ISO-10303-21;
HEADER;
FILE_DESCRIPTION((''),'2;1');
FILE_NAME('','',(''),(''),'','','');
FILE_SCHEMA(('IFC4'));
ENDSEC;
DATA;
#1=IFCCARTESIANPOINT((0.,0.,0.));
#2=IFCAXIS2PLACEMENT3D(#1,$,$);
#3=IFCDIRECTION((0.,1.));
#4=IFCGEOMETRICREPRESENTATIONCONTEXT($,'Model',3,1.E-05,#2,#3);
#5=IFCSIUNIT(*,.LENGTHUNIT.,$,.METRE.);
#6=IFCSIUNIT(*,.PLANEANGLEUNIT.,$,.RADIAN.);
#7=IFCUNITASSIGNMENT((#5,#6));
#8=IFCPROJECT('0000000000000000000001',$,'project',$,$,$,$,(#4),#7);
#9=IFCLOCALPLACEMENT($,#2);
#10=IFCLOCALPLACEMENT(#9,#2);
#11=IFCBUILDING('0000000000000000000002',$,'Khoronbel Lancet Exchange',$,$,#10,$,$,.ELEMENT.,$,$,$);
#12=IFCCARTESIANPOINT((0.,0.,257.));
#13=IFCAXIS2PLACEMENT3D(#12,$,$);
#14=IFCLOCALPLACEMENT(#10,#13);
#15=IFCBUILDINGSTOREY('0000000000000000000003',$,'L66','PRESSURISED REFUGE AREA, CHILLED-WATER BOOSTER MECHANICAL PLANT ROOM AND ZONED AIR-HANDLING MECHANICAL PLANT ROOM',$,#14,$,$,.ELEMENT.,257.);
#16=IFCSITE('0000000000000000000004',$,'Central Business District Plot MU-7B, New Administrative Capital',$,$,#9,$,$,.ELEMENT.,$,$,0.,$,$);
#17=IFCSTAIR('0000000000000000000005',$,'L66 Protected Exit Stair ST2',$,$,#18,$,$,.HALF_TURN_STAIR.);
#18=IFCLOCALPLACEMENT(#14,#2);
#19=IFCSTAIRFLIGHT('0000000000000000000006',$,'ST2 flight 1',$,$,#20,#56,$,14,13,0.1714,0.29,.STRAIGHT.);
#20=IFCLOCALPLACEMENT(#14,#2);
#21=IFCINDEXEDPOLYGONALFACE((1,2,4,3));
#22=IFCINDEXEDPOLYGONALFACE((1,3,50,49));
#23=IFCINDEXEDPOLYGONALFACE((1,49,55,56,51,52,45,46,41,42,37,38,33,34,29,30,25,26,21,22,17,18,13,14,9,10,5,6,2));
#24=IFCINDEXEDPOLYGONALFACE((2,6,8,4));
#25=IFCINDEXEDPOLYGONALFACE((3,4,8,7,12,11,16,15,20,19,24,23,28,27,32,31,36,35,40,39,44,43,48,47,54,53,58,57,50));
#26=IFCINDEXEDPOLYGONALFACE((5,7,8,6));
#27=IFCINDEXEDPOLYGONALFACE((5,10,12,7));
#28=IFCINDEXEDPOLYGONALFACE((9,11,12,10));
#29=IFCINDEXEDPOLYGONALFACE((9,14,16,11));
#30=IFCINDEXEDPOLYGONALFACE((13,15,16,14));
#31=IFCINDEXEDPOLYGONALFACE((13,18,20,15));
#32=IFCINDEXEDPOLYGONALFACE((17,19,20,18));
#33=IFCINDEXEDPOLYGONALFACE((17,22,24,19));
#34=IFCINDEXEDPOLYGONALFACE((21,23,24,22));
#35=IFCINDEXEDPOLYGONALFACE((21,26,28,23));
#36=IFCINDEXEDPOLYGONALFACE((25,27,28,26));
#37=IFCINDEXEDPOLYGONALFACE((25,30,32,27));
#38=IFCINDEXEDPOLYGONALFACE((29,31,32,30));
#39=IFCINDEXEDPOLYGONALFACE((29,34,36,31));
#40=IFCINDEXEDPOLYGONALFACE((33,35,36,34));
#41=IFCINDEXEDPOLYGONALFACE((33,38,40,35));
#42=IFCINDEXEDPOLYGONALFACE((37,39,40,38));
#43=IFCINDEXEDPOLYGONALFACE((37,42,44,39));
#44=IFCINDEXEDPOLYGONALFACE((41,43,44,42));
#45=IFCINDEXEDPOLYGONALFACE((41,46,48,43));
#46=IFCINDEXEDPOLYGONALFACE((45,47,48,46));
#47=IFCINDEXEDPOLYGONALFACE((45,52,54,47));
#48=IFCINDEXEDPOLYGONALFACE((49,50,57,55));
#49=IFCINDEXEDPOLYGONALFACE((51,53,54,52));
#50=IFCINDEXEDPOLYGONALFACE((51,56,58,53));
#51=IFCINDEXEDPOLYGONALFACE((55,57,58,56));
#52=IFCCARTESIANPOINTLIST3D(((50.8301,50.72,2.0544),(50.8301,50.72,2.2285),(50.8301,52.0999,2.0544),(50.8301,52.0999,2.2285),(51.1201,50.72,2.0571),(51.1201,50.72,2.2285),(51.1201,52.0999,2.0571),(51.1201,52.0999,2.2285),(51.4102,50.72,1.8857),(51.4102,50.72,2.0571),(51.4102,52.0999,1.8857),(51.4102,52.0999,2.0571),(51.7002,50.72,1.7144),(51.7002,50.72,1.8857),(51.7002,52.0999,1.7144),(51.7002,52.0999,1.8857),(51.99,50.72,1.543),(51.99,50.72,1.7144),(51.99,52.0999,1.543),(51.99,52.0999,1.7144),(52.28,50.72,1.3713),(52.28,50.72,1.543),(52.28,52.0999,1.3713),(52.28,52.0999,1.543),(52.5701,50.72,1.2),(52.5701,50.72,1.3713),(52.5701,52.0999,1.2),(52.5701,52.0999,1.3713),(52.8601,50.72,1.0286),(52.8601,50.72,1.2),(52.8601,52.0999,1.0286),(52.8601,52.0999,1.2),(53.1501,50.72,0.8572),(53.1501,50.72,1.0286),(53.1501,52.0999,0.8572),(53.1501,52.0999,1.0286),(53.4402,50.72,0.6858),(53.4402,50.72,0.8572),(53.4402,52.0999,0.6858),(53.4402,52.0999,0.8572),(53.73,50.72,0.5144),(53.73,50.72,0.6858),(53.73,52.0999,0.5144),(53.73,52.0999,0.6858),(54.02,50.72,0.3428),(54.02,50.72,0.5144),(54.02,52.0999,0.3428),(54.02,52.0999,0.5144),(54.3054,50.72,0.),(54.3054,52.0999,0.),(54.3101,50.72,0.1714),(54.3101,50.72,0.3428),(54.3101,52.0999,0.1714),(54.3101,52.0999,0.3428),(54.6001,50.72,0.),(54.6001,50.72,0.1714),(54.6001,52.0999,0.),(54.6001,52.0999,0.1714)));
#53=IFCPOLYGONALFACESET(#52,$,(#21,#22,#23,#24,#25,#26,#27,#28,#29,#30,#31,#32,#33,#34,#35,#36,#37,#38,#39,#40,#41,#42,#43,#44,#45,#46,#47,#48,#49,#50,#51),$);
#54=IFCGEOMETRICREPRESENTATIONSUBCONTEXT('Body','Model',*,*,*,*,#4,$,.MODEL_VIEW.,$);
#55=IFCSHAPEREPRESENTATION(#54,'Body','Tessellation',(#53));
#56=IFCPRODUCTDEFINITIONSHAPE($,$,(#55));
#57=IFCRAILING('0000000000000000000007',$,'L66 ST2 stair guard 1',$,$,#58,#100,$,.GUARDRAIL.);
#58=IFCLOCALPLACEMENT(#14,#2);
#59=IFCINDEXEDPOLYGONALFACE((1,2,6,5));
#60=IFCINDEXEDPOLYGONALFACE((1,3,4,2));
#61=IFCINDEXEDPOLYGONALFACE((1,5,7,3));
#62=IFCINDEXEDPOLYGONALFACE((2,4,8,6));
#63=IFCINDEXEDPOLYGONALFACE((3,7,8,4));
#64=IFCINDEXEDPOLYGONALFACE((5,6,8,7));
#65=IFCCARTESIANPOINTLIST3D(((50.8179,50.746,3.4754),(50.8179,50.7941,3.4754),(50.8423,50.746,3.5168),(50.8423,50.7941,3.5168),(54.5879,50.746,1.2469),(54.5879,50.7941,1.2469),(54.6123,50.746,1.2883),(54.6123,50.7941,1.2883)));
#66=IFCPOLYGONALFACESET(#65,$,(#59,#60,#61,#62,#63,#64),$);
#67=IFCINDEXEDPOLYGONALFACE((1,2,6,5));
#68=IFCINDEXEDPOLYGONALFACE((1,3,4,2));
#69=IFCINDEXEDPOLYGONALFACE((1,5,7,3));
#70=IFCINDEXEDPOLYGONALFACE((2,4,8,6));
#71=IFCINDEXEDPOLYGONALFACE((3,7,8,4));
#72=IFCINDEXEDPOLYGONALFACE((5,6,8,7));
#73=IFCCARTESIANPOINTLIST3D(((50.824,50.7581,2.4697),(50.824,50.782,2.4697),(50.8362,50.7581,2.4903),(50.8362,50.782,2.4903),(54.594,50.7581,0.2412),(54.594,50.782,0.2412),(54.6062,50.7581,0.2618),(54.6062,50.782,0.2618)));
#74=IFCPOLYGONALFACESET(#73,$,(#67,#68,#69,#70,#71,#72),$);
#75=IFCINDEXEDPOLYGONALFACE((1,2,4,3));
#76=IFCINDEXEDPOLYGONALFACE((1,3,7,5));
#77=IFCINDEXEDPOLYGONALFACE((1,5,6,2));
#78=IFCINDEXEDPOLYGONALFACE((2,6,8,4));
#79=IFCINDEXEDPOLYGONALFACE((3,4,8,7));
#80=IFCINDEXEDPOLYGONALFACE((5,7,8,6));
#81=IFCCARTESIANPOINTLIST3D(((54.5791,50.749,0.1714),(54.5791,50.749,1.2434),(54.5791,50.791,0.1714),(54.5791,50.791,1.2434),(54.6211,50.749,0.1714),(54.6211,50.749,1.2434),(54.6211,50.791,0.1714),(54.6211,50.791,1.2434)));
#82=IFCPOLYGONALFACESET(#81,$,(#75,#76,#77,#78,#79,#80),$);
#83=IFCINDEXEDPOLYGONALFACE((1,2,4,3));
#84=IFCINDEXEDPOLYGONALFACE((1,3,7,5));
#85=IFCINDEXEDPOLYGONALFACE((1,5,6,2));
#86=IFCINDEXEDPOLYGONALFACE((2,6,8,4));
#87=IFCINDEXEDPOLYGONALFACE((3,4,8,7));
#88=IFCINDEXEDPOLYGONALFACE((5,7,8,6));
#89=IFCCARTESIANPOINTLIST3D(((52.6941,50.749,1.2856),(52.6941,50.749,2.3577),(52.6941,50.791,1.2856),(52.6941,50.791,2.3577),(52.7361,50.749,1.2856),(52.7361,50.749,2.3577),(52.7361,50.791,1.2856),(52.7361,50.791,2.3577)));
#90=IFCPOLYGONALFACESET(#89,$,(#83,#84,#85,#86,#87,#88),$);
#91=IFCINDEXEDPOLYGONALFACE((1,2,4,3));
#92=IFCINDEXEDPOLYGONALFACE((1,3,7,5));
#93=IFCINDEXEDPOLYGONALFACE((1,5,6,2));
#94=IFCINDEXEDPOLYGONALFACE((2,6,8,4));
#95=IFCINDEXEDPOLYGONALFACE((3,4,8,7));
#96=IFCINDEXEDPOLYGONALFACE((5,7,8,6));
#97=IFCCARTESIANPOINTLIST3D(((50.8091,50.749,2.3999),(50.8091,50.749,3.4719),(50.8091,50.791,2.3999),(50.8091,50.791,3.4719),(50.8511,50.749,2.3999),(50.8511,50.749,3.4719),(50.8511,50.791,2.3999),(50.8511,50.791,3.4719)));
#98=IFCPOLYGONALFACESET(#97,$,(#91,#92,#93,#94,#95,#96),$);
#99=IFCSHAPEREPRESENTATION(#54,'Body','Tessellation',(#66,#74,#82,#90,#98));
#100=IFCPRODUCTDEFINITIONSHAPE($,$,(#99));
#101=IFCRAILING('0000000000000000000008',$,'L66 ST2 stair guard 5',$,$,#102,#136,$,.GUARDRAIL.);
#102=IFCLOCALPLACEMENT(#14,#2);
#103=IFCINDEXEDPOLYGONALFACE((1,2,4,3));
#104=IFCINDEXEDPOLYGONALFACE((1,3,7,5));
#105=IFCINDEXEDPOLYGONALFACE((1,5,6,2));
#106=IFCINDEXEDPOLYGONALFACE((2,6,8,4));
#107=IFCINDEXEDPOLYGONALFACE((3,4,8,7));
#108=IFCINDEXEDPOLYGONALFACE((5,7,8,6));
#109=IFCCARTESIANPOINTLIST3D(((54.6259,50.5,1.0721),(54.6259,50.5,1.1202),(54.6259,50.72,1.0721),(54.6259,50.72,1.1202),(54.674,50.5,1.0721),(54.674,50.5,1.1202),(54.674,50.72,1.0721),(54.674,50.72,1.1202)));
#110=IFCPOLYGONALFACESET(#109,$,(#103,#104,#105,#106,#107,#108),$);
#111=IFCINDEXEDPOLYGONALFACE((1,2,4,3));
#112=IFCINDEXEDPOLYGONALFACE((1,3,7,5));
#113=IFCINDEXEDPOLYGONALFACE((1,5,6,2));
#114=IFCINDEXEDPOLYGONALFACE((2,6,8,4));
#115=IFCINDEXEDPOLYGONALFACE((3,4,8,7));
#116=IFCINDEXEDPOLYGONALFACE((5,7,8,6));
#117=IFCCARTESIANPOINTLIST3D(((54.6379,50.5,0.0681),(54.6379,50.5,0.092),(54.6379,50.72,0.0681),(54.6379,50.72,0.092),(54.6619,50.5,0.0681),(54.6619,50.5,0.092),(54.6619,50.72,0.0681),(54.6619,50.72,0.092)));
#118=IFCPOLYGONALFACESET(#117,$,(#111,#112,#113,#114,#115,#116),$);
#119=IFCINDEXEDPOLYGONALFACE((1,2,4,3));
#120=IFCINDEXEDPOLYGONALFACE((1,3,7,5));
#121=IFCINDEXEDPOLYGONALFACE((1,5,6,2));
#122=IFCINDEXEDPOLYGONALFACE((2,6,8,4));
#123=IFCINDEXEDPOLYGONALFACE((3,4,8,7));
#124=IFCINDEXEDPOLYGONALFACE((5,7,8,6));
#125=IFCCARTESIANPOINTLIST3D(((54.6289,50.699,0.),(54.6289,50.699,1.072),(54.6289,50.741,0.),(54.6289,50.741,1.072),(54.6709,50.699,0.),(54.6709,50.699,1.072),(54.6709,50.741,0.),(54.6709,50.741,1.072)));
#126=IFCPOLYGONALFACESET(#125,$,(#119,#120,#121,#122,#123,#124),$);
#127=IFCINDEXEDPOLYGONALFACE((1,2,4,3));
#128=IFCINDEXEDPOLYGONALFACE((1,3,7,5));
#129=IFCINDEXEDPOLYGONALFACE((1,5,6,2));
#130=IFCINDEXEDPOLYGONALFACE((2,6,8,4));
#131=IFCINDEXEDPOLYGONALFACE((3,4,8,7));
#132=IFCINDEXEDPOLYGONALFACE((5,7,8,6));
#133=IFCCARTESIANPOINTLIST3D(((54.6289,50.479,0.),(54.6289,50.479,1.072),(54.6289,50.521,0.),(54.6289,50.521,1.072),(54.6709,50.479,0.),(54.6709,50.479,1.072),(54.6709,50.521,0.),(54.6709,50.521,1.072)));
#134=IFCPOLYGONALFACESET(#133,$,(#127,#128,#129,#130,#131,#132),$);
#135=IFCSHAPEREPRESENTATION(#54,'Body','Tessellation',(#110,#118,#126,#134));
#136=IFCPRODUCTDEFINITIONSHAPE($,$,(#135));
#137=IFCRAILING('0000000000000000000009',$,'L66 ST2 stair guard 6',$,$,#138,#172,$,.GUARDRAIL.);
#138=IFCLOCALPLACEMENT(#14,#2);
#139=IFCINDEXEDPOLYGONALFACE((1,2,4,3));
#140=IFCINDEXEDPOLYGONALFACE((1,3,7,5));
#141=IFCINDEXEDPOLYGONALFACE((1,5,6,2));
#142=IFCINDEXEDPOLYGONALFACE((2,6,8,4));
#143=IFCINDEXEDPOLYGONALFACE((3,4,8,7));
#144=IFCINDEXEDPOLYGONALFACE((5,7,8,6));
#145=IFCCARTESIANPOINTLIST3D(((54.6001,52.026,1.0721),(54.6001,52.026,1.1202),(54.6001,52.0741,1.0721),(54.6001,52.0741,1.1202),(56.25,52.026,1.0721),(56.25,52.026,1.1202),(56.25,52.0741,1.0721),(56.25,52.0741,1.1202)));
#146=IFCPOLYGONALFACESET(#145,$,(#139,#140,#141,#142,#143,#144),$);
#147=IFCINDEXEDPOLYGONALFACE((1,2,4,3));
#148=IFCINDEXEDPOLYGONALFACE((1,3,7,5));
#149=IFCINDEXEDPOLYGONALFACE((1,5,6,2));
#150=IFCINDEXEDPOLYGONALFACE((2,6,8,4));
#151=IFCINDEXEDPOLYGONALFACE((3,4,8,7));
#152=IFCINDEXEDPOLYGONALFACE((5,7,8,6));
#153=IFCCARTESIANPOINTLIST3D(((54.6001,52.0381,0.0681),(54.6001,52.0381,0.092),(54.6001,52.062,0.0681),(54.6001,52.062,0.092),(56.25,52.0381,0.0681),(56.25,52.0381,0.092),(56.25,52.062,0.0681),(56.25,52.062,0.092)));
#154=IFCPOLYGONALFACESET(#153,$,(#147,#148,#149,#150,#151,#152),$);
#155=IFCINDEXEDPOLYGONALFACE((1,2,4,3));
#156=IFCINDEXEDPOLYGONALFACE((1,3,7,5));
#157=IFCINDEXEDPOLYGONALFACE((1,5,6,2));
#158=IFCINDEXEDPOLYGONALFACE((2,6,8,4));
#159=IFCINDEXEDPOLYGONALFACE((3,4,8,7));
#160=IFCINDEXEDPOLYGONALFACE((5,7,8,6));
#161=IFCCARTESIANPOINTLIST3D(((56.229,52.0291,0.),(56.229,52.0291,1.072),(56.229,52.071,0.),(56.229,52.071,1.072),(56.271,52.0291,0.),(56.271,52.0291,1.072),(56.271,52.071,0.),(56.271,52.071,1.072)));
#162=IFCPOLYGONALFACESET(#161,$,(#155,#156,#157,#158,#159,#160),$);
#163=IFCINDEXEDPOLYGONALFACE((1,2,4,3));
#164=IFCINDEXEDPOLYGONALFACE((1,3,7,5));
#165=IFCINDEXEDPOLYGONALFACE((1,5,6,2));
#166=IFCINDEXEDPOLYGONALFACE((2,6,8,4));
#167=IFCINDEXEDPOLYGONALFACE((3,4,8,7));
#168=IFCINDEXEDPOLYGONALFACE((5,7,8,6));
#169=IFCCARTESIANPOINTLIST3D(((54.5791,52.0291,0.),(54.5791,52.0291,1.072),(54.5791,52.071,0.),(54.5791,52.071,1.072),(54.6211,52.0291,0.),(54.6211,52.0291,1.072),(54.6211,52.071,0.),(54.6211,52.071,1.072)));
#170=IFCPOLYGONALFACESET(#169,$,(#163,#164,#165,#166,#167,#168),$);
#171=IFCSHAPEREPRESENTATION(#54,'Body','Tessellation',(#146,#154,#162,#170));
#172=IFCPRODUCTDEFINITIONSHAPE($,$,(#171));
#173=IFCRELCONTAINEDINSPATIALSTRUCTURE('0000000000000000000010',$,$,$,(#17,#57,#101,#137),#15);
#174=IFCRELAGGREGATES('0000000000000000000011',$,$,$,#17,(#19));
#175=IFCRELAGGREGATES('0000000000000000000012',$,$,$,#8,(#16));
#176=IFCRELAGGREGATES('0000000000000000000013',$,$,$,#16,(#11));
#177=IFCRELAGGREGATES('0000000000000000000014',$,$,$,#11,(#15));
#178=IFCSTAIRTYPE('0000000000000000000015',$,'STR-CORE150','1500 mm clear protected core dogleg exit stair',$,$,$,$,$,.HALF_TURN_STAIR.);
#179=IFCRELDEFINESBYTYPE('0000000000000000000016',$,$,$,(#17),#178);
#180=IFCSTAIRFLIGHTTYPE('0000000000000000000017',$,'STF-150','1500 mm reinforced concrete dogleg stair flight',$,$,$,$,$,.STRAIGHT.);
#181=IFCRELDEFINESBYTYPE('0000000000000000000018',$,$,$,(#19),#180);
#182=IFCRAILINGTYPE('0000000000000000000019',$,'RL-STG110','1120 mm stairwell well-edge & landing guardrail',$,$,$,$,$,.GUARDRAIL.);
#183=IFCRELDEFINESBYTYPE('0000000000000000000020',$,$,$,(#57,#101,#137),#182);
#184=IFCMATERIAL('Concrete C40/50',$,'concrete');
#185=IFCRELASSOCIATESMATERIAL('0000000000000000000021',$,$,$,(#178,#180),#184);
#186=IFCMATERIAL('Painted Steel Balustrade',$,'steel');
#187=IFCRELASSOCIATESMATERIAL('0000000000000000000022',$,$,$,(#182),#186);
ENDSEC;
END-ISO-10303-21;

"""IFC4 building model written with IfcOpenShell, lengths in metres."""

from ifc_helpers import new_model, si_unit, direction, frame, origin, origin_2d, place, context, subcontext, project, spatial, polyline, rectangle, outline, extrude, material, type_object, element, aggregate, save


model = new_model("IFC4")

# Units and contexts
model_context = context("Model", 3, precision=1e-05, world=origin(), true_north=direction((0.0, 1.0)))
body_context = subcontext(model_context, "Body", "Model", "MODEL_VIEW")
ifc_project = project(units=[si_unit("LENGTHUNIT", "METRE"), si_unit("PLANEANGLEUNIT", "RADIAN")], contexts=[model_context])

# Site, building, storey
site_placement = place(None, origin())
site = spatial("IfcSite", under=ifc_project, at=site_placement, Name="Central Business District Plot MU-7B, New Administrative Capital", CompositionType="ELEMENT", RefElevation=0.0)
building_placement = place(site_placement, origin())
building = spatial("IfcBuilding", under=site, at=building_placement, Name="Khoronbel Lancet Exchange", CompositionType="ELEMENT")
storey_placement = place(building_placement, frame((0.0, 0.0, 257.0)))
storey = spatial("IfcBuildingStorey", under=building, at=storey_placement, Name="L66", Description="PRESSURISED REFUGE AREA, CHILLED-WATER BOOSTER MECHANICAL PLANT ROOM AND ZONED AIR-HANDLING MECHANICAL PLANT ROOM", CompositionType="ELEMENT", Elevation=257.0)

# Stair, stair flight
ifc_material_1 = material(Name="Concrete C40/50", Category="concrete")
stair_type = type_object("IfcStairType", Name="STR-CORE150", Description="1500 mm clear protected core dogleg exit stair", PredefinedType="HALF_TURN_STAIR", material=ifc_material_1)
stair_placement = place(storey_placement, origin())
stair = element("IfcStair", 1, at=stair_placement, inside=storey, type_object=stair_type, Name="L66 Protected Exit Stair ST2", PredefinedType="HALF_TURN_STAIR")
stair_flight_type = type_object("IfcStairFlightType", Name="STF-150", Description="1500 mm reinforced concrete dogleg stair flight", PredefinedType="STRAIGHT", material=ifc_material_1)
stair_flight_placement = place(storey_placement, frame((54.6001, 51.4099, 0.0), z_axis=(0.0, 0.0, 1.0), x_axis=(-1.0, 0.0, 0.0)))
stair_flight = element("IfcStairFlight", 2, at=stair_flight_placement, type_object=stair_flight_type, Name="ST2 flight 1", NumberOfRisers=14, NumberOfTreads=13, PredefinedType="STRAIGHT", RiserHeight=0.1714, TreadLength=0.29, context=body_context, shape_type="SweptSolid", body=[
    extrude(outline(polyline([(0.0, 0.0), (0.0, 0.1714), (0.29, 0.1714), (0.29, 0.3428), (0.5801, 0.3428), (0.5801, 0.5144), (0.8701, 0.5144), (0.8701, 0.6858), (1.1599, 0.6858), (1.1599, 0.8572), (1.45, 0.8572), (1.45, 1.0286), (1.74, 1.0286), (1.74, 1.2), (2.03, 1.2), (2.03, 1.3713), (2.3201, 1.3713), (2.3201, 1.543), (2.6101, 1.543), (2.6101, 1.7144), (2.8999, 1.7144), (2.8999, 1.8857), (3.1899, 1.8857), (3.1899, 2.0571), (3.48, 2.0571), (3.48, 2.2285), (3.77, 2.2285), (3.77, 2.3999), (3.77, 2.0544), (0.2947, 0.0), (0.0, 0.0)])), frame((0.0, 0.6899, 0.0), z_axis=(0.0, -1.0, 0.0), x_axis=(1.0, 0.0, 0.0)), (0.0, 0.0, 1.0), 1.3799),
])
aggregate(stair, [stair_flight])

# Railings
ifc_material_2 = material(Name="Painted Steel Balustrade", Category="steel")
railing_type_1 = type_object("IfcRailingType", Name="RL-STG110", Description="1120 mm stairwell well-edge & landing guardrail", PredefinedType="GUARDRAIL", material=ifc_material_2)
railing_1_placement = place(storey_placement, frame((54.6001, 50.77, 0.1714)))
element("IfcRailing", 3, at=railing_1_placement, inside=storey, type_object=railing_type_1, Name="L66 ST2 stair guard 1", PredefinedType="GUARDRAIL", context=body_context, shape_type="SweptSolid", body=[
    extrude(rectangle(XDim=0.0481, YDim=0.0481, at=origin_2d()), frame((0.0, 0.0, 1.0962), z_axis=(-0.860849, 0.0, 0.508861), x_axis=(0.0, -1.0, 0.0)), (0.0, 0.0, 1.0), 4.3794),
    extrude(rectangle(XDim=0.0239, YDim=0.0239, at=origin_2d()), frame((0.0, 0.0, 0.0801), z_axis=(-0.860849, 0.0, 0.508861), x_axis=(0.0, -1.0, 0.0)), (0.0, 0.0, 1.0), 4.3794),
    extrude(rectangle(XDim=0.042, YDim=0.042, at=origin_2d()), origin(), (0.0, 0.0, 1.0), 1.072),
    extrude(rectangle(XDim=0.042, YDim=0.042, at=origin_2d()), frame((-1.885, 0.0, 1.1143)), (0.0, 0.0, 1.0), 1.072),
    extrude(rectangle(XDim=0.042, YDim=0.042, at=origin_2d()), frame((-3.77, 0.0, 2.2285)), (0.0, 0.0, 1.0), 1.072),
])
railing_2_placement = place(storey_placement, frame((54.6499, 50.72, 0.0)))
element("IfcRailing", 4, at=railing_2_placement, inside=storey, type_object=railing_type_1, Name="L66 ST2 stair guard 5", PredefinedType="GUARDRAIL", context=body_context, shape_type="SweptSolid", body=[
    extrude(rectangle(XDim=0.0481, YDim=0.0481, at=origin_2d()), frame((0.0, 0.0, 1.0962), z_axis=(0.0, -1.0, 0.0), x_axis=(1.0, 0.0, 0.0)), (0.0, 0.0, 1.0), 0.22),
    extrude(rectangle(XDim=0.0239, YDim=0.0239, at=origin_2d()), frame((0.0, 0.0, 0.0801), z_axis=(0.0, -1.0, 0.0), x_axis=(1.0, 0.0, 0.0)), (0.0, 0.0, 1.0), 0.22),
    extrude(rectangle(XDim=0.042, YDim=0.042, at=origin_2d()), origin(), (0.0, 0.0, 1.0), 1.072),
    extrude(rectangle(XDim=0.042, YDim=0.042, at=origin_2d()), frame((0.0, -0.22, 0.0)), (0.0, 0.0, 1.0), 1.072),
])
railing_3_placement = place(storey_placement, frame((56.25, 52.05, 0.0)))
element("IfcRailing", 5, at=railing_3_placement, inside=storey, type_object=railing_type_1, Name="L66 ST2 stair guard 6", PredefinedType="GUARDRAIL", context=body_context, shape_type="SweptSolid", body=[
    extrude(rectangle(XDim=0.0481, YDim=0.0481, at=origin_2d()), frame((0.0, 0.0, 1.0962), z_axis=(-1.0, 0.0, 0.0), x_axis=(0.0, -1.0, 0.0)), (0.0, 0.0, 1.0), 1.6499),
    extrude(rectangle(XDim=0.0239, YDim=0.0239, at=origin_2d()), frame((0.0, 0.0, 0.0801), z_axis=(-1.0, 0.0, 0.0), x_axis=(0.0, -1.0, 0.0)), (0.0, 0.0, 1.0), 1.6499),
    extrude(rectangle(XDim=0.042, YDim=0.042, at=origin_2d()), origin(), (0.0, 0.0, 1.0), 1.072),
    extrude(rectangle(XDim=0.042, YDim=0.042, at=origin_2d()), frame((-1.6499, 0.0, 0.0)), (0.0, 0.0, 1.0), 1.072),
])

save(model, "model.ifc")
